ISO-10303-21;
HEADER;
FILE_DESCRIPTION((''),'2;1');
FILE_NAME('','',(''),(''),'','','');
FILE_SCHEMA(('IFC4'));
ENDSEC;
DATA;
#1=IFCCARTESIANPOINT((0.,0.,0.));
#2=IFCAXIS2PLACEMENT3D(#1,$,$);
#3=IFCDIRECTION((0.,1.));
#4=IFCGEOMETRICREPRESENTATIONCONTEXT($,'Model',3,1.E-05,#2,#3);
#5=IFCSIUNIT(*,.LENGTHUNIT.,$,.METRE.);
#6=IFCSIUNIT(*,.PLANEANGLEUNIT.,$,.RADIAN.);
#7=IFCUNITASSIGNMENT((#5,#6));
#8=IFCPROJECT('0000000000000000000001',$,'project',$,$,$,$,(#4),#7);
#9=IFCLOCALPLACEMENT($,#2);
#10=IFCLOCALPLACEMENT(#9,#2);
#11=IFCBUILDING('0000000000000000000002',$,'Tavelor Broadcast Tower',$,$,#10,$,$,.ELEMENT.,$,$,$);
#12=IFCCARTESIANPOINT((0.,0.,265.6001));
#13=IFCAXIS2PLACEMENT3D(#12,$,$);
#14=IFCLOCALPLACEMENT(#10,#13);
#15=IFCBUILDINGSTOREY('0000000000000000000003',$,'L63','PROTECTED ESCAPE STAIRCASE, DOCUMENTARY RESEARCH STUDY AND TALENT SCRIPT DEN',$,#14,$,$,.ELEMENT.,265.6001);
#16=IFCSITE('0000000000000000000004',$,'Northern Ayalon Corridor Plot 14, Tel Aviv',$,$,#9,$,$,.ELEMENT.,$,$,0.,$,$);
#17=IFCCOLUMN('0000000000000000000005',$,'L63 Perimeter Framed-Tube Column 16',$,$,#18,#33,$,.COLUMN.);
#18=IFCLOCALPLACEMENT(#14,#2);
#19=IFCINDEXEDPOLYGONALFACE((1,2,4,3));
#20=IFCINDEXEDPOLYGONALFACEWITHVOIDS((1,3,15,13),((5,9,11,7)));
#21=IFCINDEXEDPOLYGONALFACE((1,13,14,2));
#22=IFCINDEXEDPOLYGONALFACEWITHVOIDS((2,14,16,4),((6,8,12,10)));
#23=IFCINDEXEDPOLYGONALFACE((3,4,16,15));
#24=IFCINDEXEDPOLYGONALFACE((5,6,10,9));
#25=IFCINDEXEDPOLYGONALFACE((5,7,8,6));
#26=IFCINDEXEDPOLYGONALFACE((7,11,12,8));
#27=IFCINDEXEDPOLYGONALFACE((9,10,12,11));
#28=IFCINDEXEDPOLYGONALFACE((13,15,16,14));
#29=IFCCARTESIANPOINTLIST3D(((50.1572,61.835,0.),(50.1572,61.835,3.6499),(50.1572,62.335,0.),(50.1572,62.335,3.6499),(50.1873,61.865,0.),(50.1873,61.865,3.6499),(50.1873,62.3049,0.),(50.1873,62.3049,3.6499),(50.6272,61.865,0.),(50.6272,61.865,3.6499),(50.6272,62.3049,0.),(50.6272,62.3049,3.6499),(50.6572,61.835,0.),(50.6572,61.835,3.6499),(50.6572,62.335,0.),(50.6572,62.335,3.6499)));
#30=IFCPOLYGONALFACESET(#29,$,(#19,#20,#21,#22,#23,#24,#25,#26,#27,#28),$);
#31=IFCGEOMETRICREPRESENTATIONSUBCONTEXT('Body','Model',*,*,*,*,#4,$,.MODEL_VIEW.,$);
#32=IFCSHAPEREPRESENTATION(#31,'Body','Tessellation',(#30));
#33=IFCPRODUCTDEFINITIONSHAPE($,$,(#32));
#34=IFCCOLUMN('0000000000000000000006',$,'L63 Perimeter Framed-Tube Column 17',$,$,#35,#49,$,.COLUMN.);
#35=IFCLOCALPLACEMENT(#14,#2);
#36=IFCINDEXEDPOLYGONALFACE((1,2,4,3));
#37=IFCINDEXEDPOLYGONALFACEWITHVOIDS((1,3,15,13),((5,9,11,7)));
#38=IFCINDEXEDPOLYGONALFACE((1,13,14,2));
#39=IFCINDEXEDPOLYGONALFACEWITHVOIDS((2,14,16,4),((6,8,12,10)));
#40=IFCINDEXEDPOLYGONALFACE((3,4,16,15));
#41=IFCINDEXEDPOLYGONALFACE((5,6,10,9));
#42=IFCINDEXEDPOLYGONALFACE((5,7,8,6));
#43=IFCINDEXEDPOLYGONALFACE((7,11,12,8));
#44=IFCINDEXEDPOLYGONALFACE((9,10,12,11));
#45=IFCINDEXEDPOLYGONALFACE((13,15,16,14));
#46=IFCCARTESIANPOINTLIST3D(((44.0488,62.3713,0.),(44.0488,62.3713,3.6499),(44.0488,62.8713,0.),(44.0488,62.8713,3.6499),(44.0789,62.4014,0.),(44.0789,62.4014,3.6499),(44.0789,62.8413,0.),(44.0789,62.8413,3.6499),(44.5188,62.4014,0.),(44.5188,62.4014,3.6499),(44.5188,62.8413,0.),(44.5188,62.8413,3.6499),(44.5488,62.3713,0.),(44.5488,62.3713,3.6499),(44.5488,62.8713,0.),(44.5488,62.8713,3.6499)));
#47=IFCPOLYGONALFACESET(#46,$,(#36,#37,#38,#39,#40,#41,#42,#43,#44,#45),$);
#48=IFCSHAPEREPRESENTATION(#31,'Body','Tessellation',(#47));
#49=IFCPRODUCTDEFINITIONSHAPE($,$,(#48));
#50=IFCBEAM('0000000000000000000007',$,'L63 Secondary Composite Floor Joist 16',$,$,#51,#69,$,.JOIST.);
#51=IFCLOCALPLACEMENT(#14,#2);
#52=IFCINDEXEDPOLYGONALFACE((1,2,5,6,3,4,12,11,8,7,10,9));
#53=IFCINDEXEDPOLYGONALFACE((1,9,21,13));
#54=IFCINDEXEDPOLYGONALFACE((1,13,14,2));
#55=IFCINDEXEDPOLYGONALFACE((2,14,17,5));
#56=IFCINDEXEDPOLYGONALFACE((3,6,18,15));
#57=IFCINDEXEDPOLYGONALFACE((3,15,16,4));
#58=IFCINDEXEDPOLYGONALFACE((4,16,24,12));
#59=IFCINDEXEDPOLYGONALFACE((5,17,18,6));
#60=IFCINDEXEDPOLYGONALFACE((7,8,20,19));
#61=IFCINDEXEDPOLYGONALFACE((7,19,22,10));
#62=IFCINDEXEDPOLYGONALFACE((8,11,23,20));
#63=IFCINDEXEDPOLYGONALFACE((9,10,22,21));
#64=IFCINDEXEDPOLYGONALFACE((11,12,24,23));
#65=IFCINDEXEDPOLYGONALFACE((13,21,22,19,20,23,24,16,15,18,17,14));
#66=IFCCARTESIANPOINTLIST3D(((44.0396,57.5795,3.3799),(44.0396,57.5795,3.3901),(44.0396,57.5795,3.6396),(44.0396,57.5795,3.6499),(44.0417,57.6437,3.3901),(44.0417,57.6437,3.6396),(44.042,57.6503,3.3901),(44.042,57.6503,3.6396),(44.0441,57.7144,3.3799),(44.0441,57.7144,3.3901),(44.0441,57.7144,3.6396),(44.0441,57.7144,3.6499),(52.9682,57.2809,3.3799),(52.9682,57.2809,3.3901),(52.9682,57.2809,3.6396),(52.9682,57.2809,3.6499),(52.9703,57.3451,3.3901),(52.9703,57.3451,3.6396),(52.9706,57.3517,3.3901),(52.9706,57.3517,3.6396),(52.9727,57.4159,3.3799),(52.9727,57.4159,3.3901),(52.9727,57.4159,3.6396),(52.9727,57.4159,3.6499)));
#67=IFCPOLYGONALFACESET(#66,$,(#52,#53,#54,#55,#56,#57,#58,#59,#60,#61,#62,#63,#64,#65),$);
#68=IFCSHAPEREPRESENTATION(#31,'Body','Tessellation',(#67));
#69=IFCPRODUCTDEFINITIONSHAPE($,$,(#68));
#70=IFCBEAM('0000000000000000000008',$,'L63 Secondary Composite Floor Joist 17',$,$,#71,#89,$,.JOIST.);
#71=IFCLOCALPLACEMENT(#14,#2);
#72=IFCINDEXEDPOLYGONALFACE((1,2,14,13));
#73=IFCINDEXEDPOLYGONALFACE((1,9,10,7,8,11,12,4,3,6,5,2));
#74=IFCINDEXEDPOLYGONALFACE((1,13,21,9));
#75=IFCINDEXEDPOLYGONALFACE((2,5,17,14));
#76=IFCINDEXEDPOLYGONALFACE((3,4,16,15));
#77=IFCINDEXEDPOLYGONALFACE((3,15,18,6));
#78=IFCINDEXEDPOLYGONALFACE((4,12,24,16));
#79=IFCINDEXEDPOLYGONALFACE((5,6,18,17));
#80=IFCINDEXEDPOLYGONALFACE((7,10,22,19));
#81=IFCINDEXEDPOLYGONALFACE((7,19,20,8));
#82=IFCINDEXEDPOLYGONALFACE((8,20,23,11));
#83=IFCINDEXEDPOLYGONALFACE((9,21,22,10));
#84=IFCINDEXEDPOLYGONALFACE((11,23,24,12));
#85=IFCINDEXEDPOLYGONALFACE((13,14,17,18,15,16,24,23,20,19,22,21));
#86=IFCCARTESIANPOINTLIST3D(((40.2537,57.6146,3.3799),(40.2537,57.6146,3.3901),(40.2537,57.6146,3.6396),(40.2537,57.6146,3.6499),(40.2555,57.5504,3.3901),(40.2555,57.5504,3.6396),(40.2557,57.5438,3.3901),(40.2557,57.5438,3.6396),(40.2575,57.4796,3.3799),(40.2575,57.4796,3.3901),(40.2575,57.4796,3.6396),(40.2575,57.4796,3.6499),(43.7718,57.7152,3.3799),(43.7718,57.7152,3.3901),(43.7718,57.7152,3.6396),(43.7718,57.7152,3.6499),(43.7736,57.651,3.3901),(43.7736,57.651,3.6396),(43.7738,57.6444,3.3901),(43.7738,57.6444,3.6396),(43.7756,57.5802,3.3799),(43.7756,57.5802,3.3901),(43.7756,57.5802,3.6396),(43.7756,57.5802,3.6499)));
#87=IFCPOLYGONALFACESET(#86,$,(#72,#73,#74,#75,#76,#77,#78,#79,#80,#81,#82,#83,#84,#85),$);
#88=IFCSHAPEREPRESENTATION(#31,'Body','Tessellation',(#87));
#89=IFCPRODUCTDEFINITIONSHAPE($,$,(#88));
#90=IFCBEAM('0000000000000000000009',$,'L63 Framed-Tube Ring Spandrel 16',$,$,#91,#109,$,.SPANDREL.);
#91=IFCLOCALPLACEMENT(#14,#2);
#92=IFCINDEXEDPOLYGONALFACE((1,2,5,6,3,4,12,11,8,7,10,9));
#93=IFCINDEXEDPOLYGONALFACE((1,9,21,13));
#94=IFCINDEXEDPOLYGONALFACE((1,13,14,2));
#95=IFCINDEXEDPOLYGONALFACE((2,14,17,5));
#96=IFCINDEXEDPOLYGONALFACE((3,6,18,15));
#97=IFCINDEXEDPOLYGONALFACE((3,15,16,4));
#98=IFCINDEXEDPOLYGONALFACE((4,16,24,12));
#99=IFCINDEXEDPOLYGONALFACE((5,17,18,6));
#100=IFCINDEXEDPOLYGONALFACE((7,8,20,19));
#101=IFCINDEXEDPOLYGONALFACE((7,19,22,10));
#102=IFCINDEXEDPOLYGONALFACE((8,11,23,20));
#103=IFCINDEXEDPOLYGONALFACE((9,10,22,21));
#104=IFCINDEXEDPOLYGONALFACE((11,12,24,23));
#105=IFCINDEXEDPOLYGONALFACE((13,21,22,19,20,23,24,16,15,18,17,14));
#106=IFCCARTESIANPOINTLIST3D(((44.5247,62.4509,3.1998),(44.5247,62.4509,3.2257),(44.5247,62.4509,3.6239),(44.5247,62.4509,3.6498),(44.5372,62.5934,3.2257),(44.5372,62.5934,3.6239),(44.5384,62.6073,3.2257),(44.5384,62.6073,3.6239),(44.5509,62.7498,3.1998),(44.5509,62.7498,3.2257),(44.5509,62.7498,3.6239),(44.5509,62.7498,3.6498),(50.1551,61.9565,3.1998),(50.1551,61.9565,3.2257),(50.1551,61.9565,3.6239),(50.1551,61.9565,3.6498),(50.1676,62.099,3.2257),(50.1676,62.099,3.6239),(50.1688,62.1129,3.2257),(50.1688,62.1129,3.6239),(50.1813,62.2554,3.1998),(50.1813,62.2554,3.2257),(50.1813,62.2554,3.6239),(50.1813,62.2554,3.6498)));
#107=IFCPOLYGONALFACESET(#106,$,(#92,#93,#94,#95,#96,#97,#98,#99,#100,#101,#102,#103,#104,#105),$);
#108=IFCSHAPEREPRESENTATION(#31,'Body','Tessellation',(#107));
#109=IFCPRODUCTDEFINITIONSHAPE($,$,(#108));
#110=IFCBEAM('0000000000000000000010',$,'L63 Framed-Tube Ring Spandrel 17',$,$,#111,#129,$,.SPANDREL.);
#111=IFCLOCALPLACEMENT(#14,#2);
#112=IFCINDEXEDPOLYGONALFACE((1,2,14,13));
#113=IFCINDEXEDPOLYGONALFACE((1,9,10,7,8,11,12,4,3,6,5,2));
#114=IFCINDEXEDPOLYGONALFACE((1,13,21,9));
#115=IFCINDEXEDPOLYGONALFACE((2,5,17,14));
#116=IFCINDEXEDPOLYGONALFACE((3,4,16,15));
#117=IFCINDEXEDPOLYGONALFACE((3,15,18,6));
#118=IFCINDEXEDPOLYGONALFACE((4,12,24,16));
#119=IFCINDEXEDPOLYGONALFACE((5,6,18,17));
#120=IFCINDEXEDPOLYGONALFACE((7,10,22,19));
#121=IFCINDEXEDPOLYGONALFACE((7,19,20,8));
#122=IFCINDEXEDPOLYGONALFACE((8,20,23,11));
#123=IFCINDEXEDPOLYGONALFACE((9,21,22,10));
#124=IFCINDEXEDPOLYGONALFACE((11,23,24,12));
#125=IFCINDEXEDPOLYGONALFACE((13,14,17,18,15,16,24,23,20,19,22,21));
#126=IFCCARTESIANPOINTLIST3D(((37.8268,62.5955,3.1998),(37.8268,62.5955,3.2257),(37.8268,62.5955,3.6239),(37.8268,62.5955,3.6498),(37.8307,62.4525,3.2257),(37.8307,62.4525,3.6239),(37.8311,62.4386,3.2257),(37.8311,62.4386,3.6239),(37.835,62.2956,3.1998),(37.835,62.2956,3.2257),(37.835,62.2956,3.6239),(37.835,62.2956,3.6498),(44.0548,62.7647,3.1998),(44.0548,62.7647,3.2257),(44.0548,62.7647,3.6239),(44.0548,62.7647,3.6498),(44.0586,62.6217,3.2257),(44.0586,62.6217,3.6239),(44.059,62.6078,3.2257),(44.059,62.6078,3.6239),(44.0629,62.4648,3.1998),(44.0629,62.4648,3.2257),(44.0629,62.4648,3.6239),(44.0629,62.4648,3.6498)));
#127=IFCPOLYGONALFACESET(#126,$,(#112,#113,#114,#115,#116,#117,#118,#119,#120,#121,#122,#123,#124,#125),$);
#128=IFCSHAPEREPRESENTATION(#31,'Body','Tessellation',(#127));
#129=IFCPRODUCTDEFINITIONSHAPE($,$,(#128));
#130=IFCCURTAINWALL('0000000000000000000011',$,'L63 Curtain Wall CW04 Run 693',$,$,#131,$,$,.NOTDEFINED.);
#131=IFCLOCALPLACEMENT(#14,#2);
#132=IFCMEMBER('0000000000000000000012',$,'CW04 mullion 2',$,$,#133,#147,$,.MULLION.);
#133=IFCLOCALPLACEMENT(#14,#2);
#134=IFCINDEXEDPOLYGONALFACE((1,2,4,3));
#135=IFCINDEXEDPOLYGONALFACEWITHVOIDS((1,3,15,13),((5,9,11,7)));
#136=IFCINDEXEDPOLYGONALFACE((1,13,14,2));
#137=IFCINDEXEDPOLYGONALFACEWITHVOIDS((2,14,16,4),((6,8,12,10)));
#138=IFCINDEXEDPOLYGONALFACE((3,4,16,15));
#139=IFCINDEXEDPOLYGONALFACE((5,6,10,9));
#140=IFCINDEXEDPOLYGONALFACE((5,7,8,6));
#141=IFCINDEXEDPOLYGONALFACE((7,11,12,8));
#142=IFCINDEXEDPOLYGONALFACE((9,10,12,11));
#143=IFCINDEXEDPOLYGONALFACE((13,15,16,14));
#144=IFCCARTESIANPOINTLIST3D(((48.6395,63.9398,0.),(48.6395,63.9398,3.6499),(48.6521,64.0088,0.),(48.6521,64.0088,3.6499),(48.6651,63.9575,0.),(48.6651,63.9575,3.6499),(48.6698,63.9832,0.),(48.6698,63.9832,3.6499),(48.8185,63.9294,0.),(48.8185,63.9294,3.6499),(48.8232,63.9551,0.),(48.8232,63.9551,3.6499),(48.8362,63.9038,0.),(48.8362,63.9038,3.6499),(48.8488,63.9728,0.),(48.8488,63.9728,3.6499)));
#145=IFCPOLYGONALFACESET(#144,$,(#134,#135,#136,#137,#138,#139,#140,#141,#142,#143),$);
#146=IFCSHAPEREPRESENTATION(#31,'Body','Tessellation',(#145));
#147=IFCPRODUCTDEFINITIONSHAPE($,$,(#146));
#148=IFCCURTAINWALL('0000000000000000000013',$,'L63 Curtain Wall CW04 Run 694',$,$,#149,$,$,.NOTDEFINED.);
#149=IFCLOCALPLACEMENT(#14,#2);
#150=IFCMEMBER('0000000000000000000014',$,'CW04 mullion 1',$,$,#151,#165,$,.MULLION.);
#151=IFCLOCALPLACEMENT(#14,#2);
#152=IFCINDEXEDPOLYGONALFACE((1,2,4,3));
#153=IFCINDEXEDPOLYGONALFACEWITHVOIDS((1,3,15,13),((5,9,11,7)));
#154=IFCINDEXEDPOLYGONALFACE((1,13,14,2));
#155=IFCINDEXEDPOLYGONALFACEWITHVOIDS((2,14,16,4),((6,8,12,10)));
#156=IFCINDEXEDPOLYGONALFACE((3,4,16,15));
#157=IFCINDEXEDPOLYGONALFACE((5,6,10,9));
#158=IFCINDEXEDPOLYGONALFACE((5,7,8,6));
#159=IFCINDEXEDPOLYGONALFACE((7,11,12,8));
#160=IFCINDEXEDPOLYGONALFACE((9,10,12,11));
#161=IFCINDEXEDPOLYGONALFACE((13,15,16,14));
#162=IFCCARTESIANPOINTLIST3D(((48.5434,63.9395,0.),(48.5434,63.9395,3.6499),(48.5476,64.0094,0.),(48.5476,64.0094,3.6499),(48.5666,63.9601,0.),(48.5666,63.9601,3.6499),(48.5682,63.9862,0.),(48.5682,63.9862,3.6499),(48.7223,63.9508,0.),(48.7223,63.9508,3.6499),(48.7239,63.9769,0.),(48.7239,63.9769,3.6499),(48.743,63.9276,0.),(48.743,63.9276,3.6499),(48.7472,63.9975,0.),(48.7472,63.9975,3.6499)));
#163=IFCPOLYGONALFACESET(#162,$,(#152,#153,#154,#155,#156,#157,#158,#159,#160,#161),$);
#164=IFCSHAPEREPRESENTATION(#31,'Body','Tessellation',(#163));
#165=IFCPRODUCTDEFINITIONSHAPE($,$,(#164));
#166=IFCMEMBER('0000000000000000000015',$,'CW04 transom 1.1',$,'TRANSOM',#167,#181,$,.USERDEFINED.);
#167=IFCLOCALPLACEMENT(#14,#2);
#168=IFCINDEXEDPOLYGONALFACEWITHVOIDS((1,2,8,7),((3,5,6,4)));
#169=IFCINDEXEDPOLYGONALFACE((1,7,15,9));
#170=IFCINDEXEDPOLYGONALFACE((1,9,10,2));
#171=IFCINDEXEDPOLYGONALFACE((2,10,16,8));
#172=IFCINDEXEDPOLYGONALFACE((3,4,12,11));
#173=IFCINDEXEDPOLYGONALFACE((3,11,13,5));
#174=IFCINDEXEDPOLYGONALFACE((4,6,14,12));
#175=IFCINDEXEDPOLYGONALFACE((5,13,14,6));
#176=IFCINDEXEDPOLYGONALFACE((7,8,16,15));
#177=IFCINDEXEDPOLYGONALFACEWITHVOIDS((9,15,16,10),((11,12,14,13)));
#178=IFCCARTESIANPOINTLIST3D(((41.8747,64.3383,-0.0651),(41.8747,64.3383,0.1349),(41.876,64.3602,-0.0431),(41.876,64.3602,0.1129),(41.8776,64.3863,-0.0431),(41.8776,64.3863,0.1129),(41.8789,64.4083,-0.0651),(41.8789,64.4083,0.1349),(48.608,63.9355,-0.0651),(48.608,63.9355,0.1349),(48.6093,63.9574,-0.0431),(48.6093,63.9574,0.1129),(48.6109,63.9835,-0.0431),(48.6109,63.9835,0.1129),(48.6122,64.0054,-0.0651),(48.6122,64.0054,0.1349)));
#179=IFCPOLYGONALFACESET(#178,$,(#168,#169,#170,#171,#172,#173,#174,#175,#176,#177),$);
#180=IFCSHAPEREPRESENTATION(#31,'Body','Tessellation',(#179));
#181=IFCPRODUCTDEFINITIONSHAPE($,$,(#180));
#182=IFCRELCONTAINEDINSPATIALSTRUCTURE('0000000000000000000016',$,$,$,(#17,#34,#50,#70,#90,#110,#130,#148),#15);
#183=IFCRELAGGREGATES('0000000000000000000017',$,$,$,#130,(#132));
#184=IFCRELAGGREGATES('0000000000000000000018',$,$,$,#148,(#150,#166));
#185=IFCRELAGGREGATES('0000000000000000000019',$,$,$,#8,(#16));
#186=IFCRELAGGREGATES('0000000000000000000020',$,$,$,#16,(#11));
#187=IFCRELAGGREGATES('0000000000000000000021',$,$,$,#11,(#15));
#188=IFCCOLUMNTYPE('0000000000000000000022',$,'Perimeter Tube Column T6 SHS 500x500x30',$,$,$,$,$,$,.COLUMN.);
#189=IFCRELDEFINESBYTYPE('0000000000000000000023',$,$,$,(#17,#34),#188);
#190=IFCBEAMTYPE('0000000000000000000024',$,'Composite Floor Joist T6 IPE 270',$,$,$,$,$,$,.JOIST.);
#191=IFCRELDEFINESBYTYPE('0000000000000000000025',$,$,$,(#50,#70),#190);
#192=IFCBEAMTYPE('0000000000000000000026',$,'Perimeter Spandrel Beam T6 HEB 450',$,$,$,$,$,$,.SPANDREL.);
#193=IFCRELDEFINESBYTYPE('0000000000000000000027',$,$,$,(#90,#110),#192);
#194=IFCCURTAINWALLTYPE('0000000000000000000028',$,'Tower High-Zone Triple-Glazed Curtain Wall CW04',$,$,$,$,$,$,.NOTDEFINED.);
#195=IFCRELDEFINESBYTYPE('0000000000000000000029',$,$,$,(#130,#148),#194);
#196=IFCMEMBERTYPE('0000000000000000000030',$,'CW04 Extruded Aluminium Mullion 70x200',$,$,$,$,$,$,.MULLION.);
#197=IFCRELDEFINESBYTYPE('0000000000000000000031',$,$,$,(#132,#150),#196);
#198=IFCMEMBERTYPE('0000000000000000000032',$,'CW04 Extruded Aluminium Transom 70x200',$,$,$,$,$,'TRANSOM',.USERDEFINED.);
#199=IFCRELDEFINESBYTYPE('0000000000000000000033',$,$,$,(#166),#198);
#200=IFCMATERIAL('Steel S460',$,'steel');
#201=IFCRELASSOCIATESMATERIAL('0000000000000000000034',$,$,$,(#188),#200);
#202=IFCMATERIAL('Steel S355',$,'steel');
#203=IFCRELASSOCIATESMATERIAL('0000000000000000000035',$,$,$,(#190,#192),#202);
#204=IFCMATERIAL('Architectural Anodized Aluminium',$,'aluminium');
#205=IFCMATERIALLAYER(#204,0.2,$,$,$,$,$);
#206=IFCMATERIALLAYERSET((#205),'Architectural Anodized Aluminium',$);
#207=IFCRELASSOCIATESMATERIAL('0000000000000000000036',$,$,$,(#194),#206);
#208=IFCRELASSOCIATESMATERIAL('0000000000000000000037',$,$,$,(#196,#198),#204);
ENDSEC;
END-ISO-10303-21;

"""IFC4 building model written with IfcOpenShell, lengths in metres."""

from ifc_helpers import new_model, si_unit, direction, frame, origin, origin_2d, place, context, subcontext, project, spatial, hollow_rectangle, i_section, extrude, source, transform, mapped, material, layer, layer_set, material_profile, profile_set, type_object, type_shapes, element, aggregate, save


model = new_model("IFC4")

# Units and contexts
model_context = context("Model", 3, precision=1e-05, world=origin(), true_north=direction((0.0, 1.0)))
body_context = subcontext(model_context, "Body", "Model", "MODEL_VIEW")
ifc_project = project(units=[si_unit("LENGTHUNIT", "METRE"), si_unit("PLANEANGLEUNIT", "RADIAN")], contexts=[model_context])

# Site, building, storey
site_placement = place(None, origin())
site = spatial("IfcSite", under=ifc_project, at=site_placement, Name="Northern Ayalon Corridor Plot 14, Tel Aviv", CompositionType="ELEMENT", RefElevation=0.0)
building_placement = place(site_placement, origin())
building = spatial("IfcBuilding", under=site, at=building_placement, Name="Tavelor Broadcast Tower", CompositionType="ELEMENT")
storey_placement = place(building_placement, frame((0.0, 0.0, 265.6001)))
storey = spatial("IfcBuildingStorey", under=building, at=storey_placement, Name="L63", Description="PROTECTED ESCAPE STAIRCASE, DOCUMENTARY RESEARCH STUDY AND TALENT SCRIPT DEN", CompositionType="ELEMENT", Elevation=265.6001)

# Columns
ifc_material_1 = material(Name="Steel S460", Category="steel")
ifc_material_profile_1 = material_profile(ifc_material_1, hollow_rectangle(XDim=0.5, YDim=0.5, WallThickness=0.03, at=origin_2d()), Name="SHS 500x500x30")
ifc_profile_set_1 = profile_set([ifc_material_profile_1], Name="Steel S460")
column_type = type_object("IfcColumnType", Name="Perimeter Tube Column T6 SHS 500x500x30", PredefinedType="COLUMN", material=ifc_profile_set_1)
for number, where, z_axis, x_axis, name in (
    (1, (50.4072, 62.085, 0.0), (0.0, 0.0, 1.0), (1.0, 0.0, 0.0), "L63 Perimeter Framed-Tube Column 16"),
    (2, (44.2988, 62.6213, 0.0), (0.0, 0.0, 1.0), (1.0, 0.0, 0.0), "L63 Perimeter Framed-Tube Column 17"),
):
    element("IfcColumn", number, at=place(storey_placement, frame(where, z_axis=z_axis, x_axis=x_axis)), inside=storey, type_object=column_type, Name=name, PredefinedType="COLUMN", context=body_context, shape_type="SweptSolid", body=[
        extrude(hollow_rectangle(XDim=0.5, YDim=0.5, WallThickness=0.03, at=origin_2d()), origin(), (0.0, 0.0, 1.0), 3.6499),
    ])

# Beams
ifc_material_2 = material(Name="Steel S355", Category="steel")
ifc_material_profile_2 = material_profile(ifc_material_2, i_section(OverallWidth=0.135, OverallDepth=0.27, WebThickness=0.0066, FlangeThickness=0.0103, at=origin_2d()), Name="IPE 270")
ifc_profile_set_2 = profile_set([ifc_material_profile_2], Name="Steel S355")
beam_type_1 = type_object("IfcBeamType", Name="Composite Floor Joist T6 IPE 270", PredefinedType="JOIST", material=ifc_profile_set_2)
beam_1_placement = place(storey_placement, frame((52.9705, 57.3484, 3.5149), z_axis=(-0.999441, 0.033422, 0.0), x_axis=(-0.033422, -0.999441, 0.0)))
element("IfcBeam", 3, at=beam_1_placement, inside=storey, type_object=beam_type_1, Name="L63 Secondary Composite Floor Joist 16", PredefinedType="JOIST", context=body_context, shape_type="SweptSolid", body=[
    extrude(i_section(OverallWidth=0.135, OverallDepth=0.27, WebThickness=0.0066, FlangeThickness=0.0103, at=origin_2d()), origin(), (0.0, 0.0, 1.0), 8.9336),
])
beam_2_placement = place(storey_placement, frame((43.7737, 57.6477, 3.5149), z_axis=(-0.999592, -0.02858, 0.0), x_axis=(0.02858, -0.999592, 0.0)))
element("IfcBeam", 4, at=beam_2_placement, inside=storey, type_object=beam_type_1, Name="L63 Secondary Composite Floor Joist 17", PredefinedType="JOIST", context=body_context, shape_type="SweptSolid", body=[
    extrude(i_section(OverallWidth=0.135, OverallDepth=0.27, WebThickness=0.0066, FlangeThickness=0.0103, at=origin_2d()), origin(), (0.0, 0.0, 1.0), 3.5195),
])
ifc_material_profile_3 = material_profile(ifc_material_2, i_section(OverallWidth=0.3, OverallDepth=0.45, WebThickness=0.0139, FlangeThickness=0.0259, at=origin_2d()), Name="HEB 450")
ifc_profile_set_3 = profile_set([ifc_material_profile_3], Name="Steel S355")
beam_type_2 = type_object("IfcBeamType", Name="Perimeter Spandrel Beam T6 HEB 450", PredefinedType="SPANDREL", material=ifc_profile_set_3)
beam_3_placement = place(storey_placement, frame((50.1682, 62.106, 3.4248), z_axis=(-0.996167, 0.08747, 0.0), x_axis=(-0.08747, -0.996167, 0.0)))
element("IfcBeam", 5, at=beam_3_placement, inside=storey, type_object=beam_type_2, Name="L63 Framed-Tube Ring Spandrel 16", PredefinedType="SPANDREL", context=body_context, shape_type="SweptSolid", body=[
    extrude(i_section(OverallWidth=0.3, OverallDepth=0.45, WebThickness=0.0139, FlangeThickness=0.0259, at=origin_2d()), origin(), (0.0, 0.0, 1.0), 5.6521),
])
beam_4_placement = place(storey_placement, frame((44.0588, 62.6147, 3.4248), z_axis=(-0.999631, -0.027156, 0.0), x_axis=(0.027156, -0.999631, 0.0)))
element("IfcBeam", 6, at=beam_4_placement, inside=storey, type_object=beam_type_2, Name="L63 Framed-Tube Ring Spandrel 17", PredefinedType="SPANDREL", context=body_context, shape_type="SweptSolid", body=[
    extrude(i_section(OverallWidth=0.3, OverallDepth=0.45, WebThickness=0.0139, FlangeThickness=0.0259, at=origin_2d()), origin(), (0.0, 0.0, 1.0), 6.2302),
])

# Curtain wall, member
ifc_material_3 = material(Name="Architectural Anodized Aluminium", Category="aluminium")
ifc_layer_1 = layer(ifc_material_3, 0.2)
ifc_layer_set_1 = layer_set([ifc_layer_1], Name="Architectural Anodized Aluminium")
curtain_wall_type = type_object("IfcCurtainWallType", Name="Tower High-Zone Triple-Glazed Curtain Wall CW04", PredefinedType="NOTDEFINED", material=ifc_layer_set_1)
curtain_wall_1_placement = place(storey_placement, origin())
curtain_wall_1 = element("IfcCurtainWall", 7, at=curtain_wall_1_placement, inside=storey, type_object=curtain_wall_type, Name="L63 Curtain Wall CW04 Run 693", PredefinedType="NOTDEFINED")
ifc_material_profile_4 = material_profile(ifc_material_3, hollow_rectangle(XDim=0.0701, YDim=0.2, WallThickness=0.022, at=origin_2d()), Name="RHS 70x200x22")
ifc_profile_set_4 = profile_set([ifc_material_profile_4], Name="Architectural Anodized Aluminium")
member_type_1 = type_object("IfcMemberType", Name="CW04 Extruded Aluminium Mullion 70x200", PredefinedType="MULLION", material=ifc_profile_set_4)
shared_shape_1 = source(origin(), body_context, "Body", "SweptSolid", [
    extrude(hollow_rectangle(XDim=0.0701, YDim=0.2, WallThickness=0.022, at=origin_2d()), origin(), (0.0, 0.0, 1.0), 3.6499),
])
type_shapes(member_type_1, [shared_shape_1])
member_1_placement = place(storey_placement, frame((48.7441, 63.9563, 0.0), z_axis=(0.0, 0.0, 1.0), x_axis=(-0.180104, -0.983647, 0.0)))
member_1 = element("IfcMember", 8, at=member_1_placement, type_object=member_type_1, Name="CW04 mullion 2", PredefinedType="MULLION", context=body_context, shape_type="MappedRepresentation", body=[
    mapped(shared_shape_1, transform((0.0, 0.0, 0.0), scale=1.0)),
])

# Curtain wall, members
curtain_wall_2_placement = place(storey_placement, origin())
curtain_wall_2 = element("IfcCurtainWall", 9, at=curtain_wall_2_placement, inside=storey, type_object=curtain_wall_type, Name="L63 Curtain Wall CW04 Run 694", PredefinedType="NOTDEFINED")
member_2_placement = place(storey_placement, frame((48.6453, 63.9685, 0.0), z_axis=(0.0, 0.0, 1.0), x_axis=(-0.05972, -0.998215, 0.0)))
member_2 = element("IfcMember", 10, at=member_2_placement, type_object=member_type_1, Name="CW04 mullion 1", PredefinedType="MULLION", context=body_context, shape_type="MappedRepresentation", body=[
    mapped(shared_shape_1, transform((0.0, 0.0, 0.0), scale=1.0)),
])
ifc_material_profile_5 = material_profile(ifc_material_3, hollow_rectangle(XDim=0.0701, YDim=0.2, WallThickness=0.022, at=origin_2d()), Name="RHS 70x200x22")
ifc_profile_set_5 = profile_set([ifc_material_profile_5], Name="Architectural Anodized Aluminium")
member_type_2 = type_object("IfcMemberType", Name="CW04 Extruded Aluminium Transom 70x200", ElementType="TRANSOM", PredefinedType="USERDEFINED", material=ifc_profile_set_5)
shared_shape_2 = source(origin(), body_context, "Body", "SweptSolid", [
    extrude(hollow_rectangle(XDim=0.0701, YDim=0.2, WallThickness=0.022, at=origin_2d()), origin(), (0.0, 0.0, 1.0), 6.7454),
])
type_shapes(member_type_2, [shared_shape_2])
member_3_placement = place(storey_placement, frame((48.6101, 63.9705, 0.0349), z_axis=(-0.998215, 0.059719, 0.0), x_axis=(-0.059719, -0.998215, 0.0)))
member_3 = element("IfcMember", 11, at=member_3_placement, type_object=member_type_2, Name="CW04 transom 1.1", ObjectType="TRANSOM", PredefinedType="USERDEFINED", context=body_context, shape_type="MappedRepresentation", body=[
    mapped(shared_shape_2, transform((0.0, 0.0, 0.0), scale=1.0)),
])

aggregate(curtain_wall_1, [member_1])
aggregate(curtain_wall_2, [member_2, member_3])

save(model, "model.ifc")
